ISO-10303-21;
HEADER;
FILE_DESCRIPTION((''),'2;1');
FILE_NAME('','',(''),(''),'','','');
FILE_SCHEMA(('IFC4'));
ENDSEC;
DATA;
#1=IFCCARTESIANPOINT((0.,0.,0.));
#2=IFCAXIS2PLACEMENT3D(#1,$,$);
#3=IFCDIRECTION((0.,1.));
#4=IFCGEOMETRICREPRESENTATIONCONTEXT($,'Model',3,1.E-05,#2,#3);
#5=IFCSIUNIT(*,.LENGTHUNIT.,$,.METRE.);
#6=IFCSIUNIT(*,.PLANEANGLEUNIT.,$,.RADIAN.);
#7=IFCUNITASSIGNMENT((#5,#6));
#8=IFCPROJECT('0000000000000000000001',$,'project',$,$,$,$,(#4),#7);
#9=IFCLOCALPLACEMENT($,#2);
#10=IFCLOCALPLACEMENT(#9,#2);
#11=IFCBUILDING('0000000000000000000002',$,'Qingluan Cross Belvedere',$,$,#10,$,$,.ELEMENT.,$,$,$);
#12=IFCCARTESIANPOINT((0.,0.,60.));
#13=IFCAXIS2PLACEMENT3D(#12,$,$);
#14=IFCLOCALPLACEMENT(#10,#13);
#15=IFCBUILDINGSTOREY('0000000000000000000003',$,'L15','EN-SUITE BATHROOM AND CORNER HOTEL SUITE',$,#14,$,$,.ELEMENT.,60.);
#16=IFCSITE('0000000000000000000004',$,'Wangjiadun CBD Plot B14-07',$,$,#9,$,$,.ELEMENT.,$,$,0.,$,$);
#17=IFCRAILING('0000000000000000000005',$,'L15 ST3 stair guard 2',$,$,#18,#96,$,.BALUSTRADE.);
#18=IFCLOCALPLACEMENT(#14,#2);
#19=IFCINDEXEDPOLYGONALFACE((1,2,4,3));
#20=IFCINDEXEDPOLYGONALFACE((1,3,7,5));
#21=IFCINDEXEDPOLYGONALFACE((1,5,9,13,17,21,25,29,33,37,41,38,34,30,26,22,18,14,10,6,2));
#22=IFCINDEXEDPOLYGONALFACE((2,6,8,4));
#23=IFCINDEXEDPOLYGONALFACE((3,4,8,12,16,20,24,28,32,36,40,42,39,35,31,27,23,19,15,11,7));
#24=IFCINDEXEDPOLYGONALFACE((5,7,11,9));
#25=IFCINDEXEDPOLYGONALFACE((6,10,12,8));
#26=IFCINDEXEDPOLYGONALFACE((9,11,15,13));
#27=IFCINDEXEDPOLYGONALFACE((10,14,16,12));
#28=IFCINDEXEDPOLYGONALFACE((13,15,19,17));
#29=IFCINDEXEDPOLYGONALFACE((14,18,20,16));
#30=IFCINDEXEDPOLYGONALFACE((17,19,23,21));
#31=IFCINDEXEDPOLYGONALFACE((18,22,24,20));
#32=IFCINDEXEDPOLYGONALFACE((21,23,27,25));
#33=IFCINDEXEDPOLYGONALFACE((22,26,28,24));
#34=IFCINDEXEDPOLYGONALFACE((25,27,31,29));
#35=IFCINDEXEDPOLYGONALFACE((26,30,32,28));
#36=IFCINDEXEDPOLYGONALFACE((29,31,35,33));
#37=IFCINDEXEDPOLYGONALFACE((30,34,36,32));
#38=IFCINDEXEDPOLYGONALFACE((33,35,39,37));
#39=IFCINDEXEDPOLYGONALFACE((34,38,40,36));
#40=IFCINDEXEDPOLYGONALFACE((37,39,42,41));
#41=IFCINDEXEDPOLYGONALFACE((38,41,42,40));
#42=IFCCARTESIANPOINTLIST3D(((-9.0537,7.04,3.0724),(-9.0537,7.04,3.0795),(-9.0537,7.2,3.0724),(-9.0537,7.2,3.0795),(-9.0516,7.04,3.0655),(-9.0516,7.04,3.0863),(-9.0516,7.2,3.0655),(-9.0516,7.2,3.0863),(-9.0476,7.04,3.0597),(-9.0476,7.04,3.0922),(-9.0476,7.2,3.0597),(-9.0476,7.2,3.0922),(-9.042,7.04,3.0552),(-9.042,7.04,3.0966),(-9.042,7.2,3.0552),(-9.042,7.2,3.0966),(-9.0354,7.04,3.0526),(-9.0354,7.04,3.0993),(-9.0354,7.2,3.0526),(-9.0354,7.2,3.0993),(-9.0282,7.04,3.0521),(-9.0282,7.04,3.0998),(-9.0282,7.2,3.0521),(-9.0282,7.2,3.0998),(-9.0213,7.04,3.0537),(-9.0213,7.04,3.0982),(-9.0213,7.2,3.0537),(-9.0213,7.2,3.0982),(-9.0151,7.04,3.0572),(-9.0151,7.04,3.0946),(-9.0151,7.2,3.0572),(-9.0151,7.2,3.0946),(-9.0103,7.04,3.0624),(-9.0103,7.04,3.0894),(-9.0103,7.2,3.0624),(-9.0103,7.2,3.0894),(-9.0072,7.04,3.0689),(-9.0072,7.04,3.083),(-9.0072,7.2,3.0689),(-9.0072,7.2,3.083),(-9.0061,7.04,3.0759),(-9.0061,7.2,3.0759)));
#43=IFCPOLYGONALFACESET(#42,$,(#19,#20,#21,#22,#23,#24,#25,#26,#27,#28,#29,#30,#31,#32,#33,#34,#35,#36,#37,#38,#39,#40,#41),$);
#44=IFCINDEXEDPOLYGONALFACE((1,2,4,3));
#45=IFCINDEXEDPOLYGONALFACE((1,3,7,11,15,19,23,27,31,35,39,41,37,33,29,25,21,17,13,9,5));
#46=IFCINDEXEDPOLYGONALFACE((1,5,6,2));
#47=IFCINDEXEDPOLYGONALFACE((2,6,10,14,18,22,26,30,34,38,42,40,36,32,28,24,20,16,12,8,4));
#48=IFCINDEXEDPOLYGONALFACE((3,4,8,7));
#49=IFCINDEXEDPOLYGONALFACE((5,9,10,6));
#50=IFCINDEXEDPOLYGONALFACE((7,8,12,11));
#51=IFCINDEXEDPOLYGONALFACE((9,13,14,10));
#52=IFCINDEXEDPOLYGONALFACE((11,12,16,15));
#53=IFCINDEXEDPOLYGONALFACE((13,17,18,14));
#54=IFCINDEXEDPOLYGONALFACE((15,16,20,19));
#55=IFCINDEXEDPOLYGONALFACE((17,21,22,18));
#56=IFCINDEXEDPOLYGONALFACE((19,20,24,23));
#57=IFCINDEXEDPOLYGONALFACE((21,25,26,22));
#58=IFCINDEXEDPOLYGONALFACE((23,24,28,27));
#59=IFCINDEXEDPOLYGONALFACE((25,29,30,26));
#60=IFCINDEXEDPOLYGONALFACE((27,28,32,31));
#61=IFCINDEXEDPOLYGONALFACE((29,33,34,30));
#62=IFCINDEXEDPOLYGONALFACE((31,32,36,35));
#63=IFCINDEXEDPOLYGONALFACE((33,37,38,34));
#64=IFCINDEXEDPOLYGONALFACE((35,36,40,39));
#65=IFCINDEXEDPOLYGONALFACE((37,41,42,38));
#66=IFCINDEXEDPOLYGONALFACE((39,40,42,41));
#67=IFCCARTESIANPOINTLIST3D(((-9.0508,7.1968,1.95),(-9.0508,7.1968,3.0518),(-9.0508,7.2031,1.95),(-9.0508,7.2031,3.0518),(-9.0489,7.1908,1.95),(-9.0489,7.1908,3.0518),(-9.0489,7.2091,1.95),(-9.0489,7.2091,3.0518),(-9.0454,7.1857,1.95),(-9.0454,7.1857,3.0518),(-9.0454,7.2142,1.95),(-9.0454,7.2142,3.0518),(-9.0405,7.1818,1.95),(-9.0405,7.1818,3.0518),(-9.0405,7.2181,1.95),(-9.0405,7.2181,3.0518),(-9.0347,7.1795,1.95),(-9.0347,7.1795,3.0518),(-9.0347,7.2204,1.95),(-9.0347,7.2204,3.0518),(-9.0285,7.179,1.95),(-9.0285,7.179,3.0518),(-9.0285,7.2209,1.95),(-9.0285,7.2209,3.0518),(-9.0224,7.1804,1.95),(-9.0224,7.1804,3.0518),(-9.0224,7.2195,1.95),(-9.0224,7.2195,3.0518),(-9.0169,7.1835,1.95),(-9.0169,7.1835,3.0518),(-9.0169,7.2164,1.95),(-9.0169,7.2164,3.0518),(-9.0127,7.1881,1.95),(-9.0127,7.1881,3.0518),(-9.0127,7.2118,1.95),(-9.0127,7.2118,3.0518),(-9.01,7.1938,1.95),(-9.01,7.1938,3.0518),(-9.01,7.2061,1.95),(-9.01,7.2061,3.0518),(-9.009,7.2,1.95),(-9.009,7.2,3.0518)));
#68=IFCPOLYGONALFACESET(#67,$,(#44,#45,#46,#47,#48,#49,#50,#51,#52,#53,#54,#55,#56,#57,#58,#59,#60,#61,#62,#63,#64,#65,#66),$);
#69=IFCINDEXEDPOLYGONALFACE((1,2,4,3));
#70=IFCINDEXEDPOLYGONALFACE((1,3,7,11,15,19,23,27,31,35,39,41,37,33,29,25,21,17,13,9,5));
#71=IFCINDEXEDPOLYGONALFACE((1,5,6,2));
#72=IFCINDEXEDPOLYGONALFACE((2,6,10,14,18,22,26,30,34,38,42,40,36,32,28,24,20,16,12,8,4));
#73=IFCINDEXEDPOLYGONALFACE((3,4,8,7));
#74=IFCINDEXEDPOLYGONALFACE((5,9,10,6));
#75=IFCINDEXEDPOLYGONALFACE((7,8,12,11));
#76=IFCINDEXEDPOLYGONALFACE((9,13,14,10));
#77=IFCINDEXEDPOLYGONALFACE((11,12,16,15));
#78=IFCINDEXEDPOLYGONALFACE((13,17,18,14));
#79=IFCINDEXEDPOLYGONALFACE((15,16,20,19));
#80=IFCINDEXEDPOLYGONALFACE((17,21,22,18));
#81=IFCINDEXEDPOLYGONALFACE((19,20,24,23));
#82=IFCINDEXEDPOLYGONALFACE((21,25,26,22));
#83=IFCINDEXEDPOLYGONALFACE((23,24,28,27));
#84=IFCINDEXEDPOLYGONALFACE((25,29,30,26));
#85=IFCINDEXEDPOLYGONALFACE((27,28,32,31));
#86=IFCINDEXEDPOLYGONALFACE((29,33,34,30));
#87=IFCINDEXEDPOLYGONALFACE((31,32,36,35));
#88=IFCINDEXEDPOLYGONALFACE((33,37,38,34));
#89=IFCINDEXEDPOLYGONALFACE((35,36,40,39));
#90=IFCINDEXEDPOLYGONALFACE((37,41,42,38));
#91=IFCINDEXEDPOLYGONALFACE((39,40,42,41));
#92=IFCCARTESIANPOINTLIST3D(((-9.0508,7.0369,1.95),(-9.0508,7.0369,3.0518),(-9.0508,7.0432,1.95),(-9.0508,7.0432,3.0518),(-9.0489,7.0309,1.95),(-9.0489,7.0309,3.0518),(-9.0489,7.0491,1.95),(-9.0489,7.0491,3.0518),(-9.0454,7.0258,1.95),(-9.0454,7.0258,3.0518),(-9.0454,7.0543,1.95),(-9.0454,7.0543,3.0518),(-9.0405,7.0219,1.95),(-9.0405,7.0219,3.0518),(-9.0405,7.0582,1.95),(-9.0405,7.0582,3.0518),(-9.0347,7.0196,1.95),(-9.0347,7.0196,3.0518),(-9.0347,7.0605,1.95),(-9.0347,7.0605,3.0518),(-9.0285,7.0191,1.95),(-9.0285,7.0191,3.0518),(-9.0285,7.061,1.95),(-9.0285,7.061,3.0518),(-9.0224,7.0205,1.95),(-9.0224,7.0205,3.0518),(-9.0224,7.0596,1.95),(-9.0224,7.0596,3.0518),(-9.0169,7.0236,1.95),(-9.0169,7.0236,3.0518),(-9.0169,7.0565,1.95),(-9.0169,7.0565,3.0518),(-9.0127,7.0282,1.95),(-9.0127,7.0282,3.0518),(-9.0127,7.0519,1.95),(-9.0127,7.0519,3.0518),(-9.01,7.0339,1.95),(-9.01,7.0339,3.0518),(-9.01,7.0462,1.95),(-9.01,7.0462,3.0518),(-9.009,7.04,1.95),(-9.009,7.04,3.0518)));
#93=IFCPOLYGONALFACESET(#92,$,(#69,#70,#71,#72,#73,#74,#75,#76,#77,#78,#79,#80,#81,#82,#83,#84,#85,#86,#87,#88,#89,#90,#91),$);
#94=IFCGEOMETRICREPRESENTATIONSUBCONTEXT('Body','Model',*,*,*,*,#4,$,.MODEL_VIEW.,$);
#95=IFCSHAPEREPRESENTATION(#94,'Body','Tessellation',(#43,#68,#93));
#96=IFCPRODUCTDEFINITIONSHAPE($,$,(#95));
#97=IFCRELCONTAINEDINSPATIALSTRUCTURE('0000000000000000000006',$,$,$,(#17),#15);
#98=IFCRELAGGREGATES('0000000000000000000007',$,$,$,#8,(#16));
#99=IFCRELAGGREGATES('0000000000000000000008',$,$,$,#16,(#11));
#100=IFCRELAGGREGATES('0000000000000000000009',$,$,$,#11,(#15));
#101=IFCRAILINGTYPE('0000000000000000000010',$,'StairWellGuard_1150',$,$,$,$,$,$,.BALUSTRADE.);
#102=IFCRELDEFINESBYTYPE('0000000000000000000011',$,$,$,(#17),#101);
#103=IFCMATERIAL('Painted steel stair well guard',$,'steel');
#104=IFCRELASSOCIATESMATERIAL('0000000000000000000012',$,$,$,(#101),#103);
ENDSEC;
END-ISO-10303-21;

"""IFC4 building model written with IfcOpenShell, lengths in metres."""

from ifc_helpers import new_model, si_unit, direction, frame, origin, origin_2d, place, context, subcontext, project, spatial, circle, extrude, material, type_object, element, save


model = new_model("IFC4")

# Units and contexts
model_context = context("Model", 3, precision=1e-05, world=origin(), true_north=direction((0.0, 1.0)))
body_context = subcontext(model_context, "Body", "Model", "MODEL_VIEW")
ifc_project = project(units=[si_unit("LENGTHUNIT", "METRE"), si_unit("PLANEANGLEUNIT", "RADIAN")], contexts=[model_context])

# Site, building, storey
site_placement = place(None, origin())
site = spatial("IfcSite", under=ifc_project, at=site_placement, Name="Wangjiadun CBD Plot B14-07", CompositionType="ELEMENT", RefElevation=0.0)
building_placement = place(site_placement, origin())
building = spatial("IfcBuilding", under=site, at=building_placement, Name="Qingluan Cross Belvedere", CompositionType="ELEMENT")
storey_placement = place(building_placement, frame((0.0, 0.0, 60.0)))
storey = spatial("IfcBuildingStorey", under=building, at=storey_placement, Name="L15", Description="EN-SUITE BATHROOM AND CORNER HOTEL SUITE", CompositionType="ELEMENT", Elevation=60.0)

# Railing
ifc_material_1 = material(Name="Painted steel stair well guard", Category="steel")
railing_type_1 = type_object("IfcRailingType", Name="StairWellGuard_1150", PredefinedType="BALUSTRADE", material=ifc_material_1)
railing_1_placement = place(storey_placement, frame((-9.03, 7.2, 1.95)))
element("IfcRailing", 1, at=railing_1_placement, inside=storey, type_object=railing_type_1, Name="L15 ST3 stair guard 2", PredefinedType="BALUSTRADE", context=body_context, shape_type="SweptSolid", body=[
    extrude(circle(Radius=0.0239, at=origin_2d()), frame((0.0, 0.0, 1.126), z_axis=(0.0, -1.0, 0.0), x_axis=(1.0, 0.0, 0.0)), (0.0, 0.0, 1.0), 0.1599),
    extrude(circle(Radius=0.021, at=origin_2d()), origin(), (0.0, 0.0, 1.0), 1.1018),
    extrude(circle(Radius=0.021, at=origin_2d()), frame((0.0, -0.1599, 0.0)), (0.0, 0.0, 1.0), 1.1018),
])

save(model, "model.ifc")
